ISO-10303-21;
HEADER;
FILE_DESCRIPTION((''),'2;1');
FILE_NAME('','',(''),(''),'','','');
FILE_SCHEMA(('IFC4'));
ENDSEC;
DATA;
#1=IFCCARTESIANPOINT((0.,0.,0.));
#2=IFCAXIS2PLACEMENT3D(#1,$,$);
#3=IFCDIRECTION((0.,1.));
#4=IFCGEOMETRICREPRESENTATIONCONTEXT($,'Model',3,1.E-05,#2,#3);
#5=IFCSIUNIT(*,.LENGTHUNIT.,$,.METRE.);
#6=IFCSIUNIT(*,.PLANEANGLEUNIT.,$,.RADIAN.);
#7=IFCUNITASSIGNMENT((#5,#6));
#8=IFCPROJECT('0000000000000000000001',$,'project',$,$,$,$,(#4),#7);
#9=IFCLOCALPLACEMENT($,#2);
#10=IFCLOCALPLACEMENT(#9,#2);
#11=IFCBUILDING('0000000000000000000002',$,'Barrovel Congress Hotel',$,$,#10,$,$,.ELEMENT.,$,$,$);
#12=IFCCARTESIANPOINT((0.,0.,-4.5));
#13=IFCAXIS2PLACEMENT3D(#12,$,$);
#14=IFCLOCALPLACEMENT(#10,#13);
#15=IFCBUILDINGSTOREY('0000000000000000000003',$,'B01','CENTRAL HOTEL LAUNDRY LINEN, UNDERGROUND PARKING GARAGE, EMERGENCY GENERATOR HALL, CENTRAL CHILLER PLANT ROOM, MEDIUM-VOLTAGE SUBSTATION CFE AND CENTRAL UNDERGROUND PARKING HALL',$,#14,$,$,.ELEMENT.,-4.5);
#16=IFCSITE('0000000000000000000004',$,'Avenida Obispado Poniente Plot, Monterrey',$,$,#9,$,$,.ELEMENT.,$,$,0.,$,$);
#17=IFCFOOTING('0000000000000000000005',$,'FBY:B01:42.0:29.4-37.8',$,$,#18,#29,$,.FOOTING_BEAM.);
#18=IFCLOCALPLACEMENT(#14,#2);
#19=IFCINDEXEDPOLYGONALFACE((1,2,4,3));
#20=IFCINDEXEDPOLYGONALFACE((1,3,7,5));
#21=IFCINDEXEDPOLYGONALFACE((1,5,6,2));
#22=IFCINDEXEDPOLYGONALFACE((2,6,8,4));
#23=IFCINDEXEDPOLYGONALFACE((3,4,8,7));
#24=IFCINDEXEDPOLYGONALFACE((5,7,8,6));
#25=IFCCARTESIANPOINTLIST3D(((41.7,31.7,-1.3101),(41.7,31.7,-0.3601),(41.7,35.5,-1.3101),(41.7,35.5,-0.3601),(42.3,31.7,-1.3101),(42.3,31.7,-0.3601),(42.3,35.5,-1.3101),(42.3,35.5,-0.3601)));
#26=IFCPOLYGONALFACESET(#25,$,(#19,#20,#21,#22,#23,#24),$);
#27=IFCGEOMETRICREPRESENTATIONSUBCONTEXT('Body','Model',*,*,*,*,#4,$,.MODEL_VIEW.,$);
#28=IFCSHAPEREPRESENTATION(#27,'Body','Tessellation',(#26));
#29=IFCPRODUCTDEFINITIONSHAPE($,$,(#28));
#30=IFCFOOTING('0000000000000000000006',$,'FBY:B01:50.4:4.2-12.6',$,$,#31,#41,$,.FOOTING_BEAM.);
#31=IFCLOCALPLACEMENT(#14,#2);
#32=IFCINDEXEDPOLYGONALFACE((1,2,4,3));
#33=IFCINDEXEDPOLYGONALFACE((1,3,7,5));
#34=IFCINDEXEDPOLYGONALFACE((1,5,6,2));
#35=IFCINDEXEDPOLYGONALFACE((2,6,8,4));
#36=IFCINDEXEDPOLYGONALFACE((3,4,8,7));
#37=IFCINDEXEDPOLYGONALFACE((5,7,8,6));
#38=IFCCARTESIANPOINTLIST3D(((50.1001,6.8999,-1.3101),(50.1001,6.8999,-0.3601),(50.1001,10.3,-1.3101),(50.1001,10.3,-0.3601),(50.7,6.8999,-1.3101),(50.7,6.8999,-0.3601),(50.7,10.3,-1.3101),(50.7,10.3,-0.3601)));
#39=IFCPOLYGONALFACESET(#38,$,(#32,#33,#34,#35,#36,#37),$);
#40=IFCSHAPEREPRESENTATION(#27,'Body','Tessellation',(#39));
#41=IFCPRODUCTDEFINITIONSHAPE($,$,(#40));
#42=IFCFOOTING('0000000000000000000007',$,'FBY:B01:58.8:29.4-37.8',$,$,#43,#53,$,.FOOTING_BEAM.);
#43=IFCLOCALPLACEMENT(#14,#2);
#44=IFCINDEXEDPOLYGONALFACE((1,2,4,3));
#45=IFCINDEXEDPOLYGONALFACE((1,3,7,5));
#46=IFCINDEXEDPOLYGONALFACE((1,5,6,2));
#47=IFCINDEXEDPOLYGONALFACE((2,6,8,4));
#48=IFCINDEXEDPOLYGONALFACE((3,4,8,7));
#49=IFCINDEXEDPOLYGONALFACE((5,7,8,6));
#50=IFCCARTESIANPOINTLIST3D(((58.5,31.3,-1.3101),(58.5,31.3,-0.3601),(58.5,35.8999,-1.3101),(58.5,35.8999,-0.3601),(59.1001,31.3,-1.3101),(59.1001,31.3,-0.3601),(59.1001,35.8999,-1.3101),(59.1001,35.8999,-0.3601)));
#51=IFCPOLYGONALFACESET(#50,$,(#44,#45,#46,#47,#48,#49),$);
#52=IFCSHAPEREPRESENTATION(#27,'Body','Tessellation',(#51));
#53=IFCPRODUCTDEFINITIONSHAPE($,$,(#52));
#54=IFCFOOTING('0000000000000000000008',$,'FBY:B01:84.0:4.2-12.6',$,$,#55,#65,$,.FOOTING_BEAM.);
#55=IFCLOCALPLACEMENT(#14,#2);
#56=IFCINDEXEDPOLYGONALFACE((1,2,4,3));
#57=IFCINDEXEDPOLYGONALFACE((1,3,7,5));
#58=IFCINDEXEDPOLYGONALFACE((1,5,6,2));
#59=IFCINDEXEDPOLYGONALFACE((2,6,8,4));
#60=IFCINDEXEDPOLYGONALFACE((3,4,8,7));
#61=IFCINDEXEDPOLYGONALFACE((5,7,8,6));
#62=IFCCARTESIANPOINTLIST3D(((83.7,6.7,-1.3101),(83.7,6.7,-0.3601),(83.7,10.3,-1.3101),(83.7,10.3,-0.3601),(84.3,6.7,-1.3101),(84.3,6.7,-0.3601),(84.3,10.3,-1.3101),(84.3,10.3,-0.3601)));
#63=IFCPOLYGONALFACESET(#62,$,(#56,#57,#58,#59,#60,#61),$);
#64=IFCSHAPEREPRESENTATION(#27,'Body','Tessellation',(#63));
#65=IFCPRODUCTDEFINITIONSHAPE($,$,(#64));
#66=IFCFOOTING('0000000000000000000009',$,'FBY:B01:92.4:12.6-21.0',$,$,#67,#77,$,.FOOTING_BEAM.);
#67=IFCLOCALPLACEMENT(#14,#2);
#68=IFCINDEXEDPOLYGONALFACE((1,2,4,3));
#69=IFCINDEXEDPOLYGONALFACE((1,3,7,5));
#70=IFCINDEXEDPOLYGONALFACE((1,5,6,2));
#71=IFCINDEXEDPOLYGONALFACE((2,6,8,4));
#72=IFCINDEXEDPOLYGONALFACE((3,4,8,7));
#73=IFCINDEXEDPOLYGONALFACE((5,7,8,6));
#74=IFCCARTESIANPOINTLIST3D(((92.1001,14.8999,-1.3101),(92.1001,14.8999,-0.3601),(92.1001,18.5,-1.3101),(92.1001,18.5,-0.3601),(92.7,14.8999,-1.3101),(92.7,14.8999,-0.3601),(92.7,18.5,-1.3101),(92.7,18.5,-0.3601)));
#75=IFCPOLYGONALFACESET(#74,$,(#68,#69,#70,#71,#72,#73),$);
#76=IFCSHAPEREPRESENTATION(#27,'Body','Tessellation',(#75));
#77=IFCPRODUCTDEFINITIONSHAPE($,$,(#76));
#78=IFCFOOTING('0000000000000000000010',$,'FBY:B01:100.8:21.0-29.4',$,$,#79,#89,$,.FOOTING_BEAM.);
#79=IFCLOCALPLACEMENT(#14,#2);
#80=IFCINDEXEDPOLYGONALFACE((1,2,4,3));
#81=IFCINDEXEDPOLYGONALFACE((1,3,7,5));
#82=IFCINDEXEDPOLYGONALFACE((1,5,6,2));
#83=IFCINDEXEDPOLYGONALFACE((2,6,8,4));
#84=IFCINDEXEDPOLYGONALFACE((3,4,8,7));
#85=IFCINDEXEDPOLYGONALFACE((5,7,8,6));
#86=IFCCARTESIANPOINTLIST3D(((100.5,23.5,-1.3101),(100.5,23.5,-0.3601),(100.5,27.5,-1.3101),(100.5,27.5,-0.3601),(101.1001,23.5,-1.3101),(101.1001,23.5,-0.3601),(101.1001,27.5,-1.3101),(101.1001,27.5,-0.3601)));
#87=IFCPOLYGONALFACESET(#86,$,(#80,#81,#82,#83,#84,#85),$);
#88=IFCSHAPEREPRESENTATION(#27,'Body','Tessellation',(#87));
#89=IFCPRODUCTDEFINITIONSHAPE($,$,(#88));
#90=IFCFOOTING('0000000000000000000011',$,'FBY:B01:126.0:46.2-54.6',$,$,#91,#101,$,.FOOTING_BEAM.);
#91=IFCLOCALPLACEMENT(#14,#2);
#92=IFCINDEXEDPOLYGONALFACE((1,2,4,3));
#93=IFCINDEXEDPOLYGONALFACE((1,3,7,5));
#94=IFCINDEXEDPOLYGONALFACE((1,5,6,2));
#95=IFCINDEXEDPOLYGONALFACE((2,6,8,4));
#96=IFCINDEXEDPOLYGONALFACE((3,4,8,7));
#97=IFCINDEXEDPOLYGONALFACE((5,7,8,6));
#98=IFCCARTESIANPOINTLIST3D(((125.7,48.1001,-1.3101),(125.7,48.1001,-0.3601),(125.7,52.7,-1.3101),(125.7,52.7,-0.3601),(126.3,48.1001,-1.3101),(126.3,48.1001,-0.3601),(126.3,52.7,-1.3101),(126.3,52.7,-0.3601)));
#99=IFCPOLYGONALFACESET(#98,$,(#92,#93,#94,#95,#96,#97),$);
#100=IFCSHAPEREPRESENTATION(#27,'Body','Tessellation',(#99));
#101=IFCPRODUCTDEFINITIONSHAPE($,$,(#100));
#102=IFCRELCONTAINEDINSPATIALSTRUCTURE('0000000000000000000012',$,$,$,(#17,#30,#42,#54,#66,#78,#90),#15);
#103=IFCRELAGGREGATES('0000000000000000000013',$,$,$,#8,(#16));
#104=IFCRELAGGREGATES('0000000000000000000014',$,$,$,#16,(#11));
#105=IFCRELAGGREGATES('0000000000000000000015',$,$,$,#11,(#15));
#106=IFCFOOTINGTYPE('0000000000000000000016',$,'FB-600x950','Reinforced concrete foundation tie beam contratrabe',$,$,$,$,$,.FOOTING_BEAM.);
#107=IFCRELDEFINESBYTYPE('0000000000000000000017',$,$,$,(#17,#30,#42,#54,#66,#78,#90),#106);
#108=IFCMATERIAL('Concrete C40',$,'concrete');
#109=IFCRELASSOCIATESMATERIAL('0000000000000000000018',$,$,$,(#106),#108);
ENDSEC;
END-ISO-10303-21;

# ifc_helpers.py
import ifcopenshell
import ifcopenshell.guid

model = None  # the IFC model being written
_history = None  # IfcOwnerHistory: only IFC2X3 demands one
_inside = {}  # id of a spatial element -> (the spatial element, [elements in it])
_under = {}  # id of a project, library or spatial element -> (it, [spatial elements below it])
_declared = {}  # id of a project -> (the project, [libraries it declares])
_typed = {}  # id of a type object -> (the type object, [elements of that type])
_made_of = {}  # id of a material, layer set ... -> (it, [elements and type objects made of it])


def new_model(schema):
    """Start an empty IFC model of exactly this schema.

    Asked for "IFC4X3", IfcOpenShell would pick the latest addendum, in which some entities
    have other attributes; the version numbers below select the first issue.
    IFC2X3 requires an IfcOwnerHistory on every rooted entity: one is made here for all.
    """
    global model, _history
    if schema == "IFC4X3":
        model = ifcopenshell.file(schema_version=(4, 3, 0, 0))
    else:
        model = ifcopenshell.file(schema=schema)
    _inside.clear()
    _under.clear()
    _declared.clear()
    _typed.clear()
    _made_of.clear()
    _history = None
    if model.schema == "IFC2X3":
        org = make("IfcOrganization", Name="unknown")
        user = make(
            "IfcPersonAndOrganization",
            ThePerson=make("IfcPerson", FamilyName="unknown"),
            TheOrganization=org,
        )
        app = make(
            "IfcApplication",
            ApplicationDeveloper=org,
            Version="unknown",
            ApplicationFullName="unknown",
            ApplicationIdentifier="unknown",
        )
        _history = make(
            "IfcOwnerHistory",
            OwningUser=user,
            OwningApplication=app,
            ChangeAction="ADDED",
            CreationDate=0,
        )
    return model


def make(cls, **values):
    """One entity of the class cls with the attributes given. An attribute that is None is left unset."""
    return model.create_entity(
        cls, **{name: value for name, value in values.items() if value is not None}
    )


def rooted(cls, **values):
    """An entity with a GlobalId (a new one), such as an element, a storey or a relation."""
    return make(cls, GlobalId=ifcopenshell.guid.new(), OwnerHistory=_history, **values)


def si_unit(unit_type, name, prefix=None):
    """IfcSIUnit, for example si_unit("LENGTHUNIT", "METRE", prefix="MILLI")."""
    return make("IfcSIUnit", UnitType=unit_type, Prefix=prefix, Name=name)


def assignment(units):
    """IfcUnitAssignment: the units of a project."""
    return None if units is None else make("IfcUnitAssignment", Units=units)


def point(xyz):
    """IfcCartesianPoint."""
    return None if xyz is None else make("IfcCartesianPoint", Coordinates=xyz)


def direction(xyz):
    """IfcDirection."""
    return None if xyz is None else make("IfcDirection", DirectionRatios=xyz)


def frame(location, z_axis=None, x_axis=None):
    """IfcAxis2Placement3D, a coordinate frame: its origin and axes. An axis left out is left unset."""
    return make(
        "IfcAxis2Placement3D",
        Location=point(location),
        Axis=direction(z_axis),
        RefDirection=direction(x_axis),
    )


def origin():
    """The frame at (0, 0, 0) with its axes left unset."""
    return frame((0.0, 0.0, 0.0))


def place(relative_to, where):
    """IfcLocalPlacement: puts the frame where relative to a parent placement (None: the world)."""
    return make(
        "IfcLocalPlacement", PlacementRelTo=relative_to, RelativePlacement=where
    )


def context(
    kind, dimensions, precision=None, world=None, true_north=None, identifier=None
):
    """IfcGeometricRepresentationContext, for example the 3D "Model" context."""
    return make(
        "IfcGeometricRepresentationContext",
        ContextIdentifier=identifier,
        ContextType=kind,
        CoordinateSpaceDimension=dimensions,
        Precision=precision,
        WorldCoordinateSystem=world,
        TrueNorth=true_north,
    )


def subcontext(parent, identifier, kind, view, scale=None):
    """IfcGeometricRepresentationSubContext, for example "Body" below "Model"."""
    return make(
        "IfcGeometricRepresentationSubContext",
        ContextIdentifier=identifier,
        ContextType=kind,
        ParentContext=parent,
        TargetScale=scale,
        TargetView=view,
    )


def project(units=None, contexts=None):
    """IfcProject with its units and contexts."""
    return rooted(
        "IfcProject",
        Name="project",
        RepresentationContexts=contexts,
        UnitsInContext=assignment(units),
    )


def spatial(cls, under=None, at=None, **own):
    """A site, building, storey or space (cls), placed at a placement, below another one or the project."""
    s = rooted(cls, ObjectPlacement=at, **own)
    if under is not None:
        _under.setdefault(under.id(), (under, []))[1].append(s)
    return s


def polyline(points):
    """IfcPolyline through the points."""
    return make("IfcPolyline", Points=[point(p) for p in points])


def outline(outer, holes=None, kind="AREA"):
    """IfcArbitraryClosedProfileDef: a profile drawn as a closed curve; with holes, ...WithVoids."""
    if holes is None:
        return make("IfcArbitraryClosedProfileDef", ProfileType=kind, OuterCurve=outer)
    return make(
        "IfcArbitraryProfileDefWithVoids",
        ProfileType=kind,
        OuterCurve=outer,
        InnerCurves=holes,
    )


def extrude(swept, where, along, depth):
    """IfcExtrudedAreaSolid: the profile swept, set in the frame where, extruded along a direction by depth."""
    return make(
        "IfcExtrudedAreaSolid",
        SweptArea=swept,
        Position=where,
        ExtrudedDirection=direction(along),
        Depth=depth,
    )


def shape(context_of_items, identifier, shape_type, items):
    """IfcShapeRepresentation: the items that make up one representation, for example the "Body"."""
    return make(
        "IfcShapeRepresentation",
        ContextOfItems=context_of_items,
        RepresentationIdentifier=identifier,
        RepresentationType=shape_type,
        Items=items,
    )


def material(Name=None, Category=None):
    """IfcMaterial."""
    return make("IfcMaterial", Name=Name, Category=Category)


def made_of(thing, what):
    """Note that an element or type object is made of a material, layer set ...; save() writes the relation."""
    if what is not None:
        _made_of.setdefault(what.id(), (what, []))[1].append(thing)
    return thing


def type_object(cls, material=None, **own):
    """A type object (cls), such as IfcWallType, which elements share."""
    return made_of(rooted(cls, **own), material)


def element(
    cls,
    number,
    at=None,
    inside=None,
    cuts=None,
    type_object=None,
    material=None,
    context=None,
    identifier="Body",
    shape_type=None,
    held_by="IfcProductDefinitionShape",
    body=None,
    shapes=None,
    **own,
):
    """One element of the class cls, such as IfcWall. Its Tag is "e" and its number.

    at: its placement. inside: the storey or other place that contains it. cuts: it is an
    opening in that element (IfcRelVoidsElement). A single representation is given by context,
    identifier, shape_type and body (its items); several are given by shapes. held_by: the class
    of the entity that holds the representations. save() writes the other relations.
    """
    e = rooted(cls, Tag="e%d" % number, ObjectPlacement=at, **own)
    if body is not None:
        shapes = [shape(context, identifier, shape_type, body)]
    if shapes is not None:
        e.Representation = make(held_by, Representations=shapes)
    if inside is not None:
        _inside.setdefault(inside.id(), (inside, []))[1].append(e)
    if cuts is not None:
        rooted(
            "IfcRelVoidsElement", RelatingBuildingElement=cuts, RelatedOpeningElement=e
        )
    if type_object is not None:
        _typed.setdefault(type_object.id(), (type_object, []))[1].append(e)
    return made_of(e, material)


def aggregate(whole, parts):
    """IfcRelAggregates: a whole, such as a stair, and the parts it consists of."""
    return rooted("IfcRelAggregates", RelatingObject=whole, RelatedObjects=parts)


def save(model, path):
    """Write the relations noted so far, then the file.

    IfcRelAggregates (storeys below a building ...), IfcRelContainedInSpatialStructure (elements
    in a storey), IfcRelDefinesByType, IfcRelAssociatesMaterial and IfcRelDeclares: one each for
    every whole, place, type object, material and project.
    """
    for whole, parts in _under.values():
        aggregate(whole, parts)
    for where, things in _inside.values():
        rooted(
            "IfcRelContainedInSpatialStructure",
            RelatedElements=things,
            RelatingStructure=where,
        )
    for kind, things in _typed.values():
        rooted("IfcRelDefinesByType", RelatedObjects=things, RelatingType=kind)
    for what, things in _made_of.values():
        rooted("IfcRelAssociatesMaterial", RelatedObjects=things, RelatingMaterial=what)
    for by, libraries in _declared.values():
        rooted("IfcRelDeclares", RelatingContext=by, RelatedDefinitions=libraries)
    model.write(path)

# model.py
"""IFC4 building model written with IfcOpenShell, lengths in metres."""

from ifc_helpers import new_model, si_unit, direction, frame, origin, place, context, subcontext, project, spatial, polyline, outline, extrude, material, type_object, element, save


model = new_model("IFC4")

# Units and contexts
model_context = context("Model", 3, precision=1e-05, world=origin(), true_north=direction((0.0, 1.0)))
body_context = subcontext(model_context, "Body", "Model", "MODEL_VIEW")
ifc_project = project(units=[si_unit("LENGTHUNIT", "METRE"), si_unit("PLANEANGLEUNIT", "RADIAN")], contexts=[model_context])

# Site, building, storey
site_placement = place(None, origin())
site = spatial("IfcSite", under=ifc_project, at=site_placement, Name="Avenida Obispado Poniente Plot, Monterrey", CompositionType="ELEMENT", RefElevation=0.0)
building_placement = place(site_placement, origin())
building = spatial("IfcBuilding", under=site, at=building_placement, Name="Barrovel Congress Hotel", CompositionType="ELEMENT")
storey_placement = place(building_placement, frame((0.0, 0.0, -4.5)))
storey = spatial("IfcBuildingStorey", under=building, at=storey_placement, Name="B01", Description="CENTRAL HOTEL LAUNDRY LINEN, UNDERGROUND PARKING GARAGE, EMERGENCY GENERATOR HALL, CENTRAL CHILLER PLANT ROOM, MEDIUM-VOLTAGE SUBSTATION CFE AND CENTRAL UNDERGROUND PARKING HALL", CompositionType="ELEMENT", Elevation=-4.5)

# Footings
ifc_material = material(Name="Concrete C40", Category="concrete")
footing_type_1 = type_object("IfcFootingType", Name="FB-600x950", Description="Reinforced concrete foundation tie beam contratrabe", PredefinedType="FOOTING_BEAM", material=ifc_material)
footing_1_placement = place(storey_placement, frame((0.0, 0.0, -1.3101)))
element("IfcFooting", 1, at=footing_1_placement, inside=storey, type_object=footing_type_1, Name="FBY:B01:42.0:29.4-37.8", PredefinedType="FOOTING_BEAM", context=body_context, shape_type="SweptSolid", body=[
    extrude(outline(polyline([(41.7, 31.7), (42.3, 31.7), (42.3, 35.5), (41.7, 35.5), (41.7, 31.7)])), origin(), (0.0, 0.0, 1.0), 0.95),
])
footing_2_placement = place(storey_placement, frame((0.0, 0.0, -1.3101)))
element("IfcFooting", 2, at=footing_2_placement, inside=storey, type_object=footing_type_1, Name="FBY:B01:50.4:4.2-12.6", PredefinedType="FOOTING_BEAM", context=body_context, shape_type="SweptSolid", body=[
    extrude(outline(polyline([(50.1001, 6.8999), (50.7, 6.8999), (50.7, 10.3), (50.1001, 10.3), (50.1001, 6.8999)])), origin(), (0.0, 0.0, 1.0), 0.95),
])
footing_3_placement = place(storey_placement, frame((0.0, 0.0, -1.3101)))
element("IfcFooting", 3, at=footing_3_placement, inside=storey, type_object=footing_type_1, Name="FBY:B01:58.8:29.4-37.8", PredefinedType="FOOTING_BEAM", context=body_context, shape_type="SweptSolid", body=[
    extrude(outline(polyline([(58.5, 31.3), (59.1001, 31.3), (59.1001, 35.8999), (58.5, 35.8999), (58.5, 31.3)])), origin(), (0.0, 0.0, 1.0), 0.95),
])
footing_4_placement = place(storey_placement, frame((0.0, 0.0, -1.3101)))
element("IfcFooting", 4, at=footing_4_placement, inside=storey, type_object=footing_type_1, Name="FBY:B01:84.0:4.2-12.6", PredefinedType="FOOTING_BEAM", context=body_context, shape_type="SweptSolid", body=[
    extrude(outline(polyline([(83.7, 6.7), (84.3, 6.7), (84.3, 10.3), (83.7, 10.3), (83.7, 6.7)])), origin(), (0.0, 0.0, 1.0), 0.95),
])
footing_5_placement = place(storey_placement, frame((0.0, 0.0, -1.3101)))
element("IfcFooting", 5, at=footing_5_placement, inside=storey, type_object=footing_type_1, Name="FBY:B01:92.4:12.6-21.0", PredefinedType="FOOTING_BEAM", context=body_context, shape_type="SweptSolid", body=[
    extrude(outline(polyline([(92.1001, 14.8999), (92.7, 14.8999), (92.7, 18.5), (92.1001, 18.5), (92.1001, 14.8999)])), origin(), (0.0, 0.0, 1.0), 0.95),
])
footing_6_placement = place(storey_placement, frame((0.0, 0.0, -1.3101)))
element("IfcFooting", 6, at=footing_6_placement, inside=storey, type_object=footing_type_1, Name="FBY:B01:100.8:21.0-29.4", PredefinedType="FOOTING_BEAM", context=body_context, shape_type="SweptSolid", body=[
    extrude(outline(polyline([(100.5, 23.5), (101.1001, 23.5), (101.1001, 27.5), (100.5, 27.5), (100.5, 23.5)])), origin(), (0.0, 0.0, 1.0), 0.95),
])
footing_7_placement = place(storey_placement, frame((0.0, 0.0, -1.3101)))
element("IfcFooting", 7, at=footing_7_placement, inside=storey, type_object=footing_type_1, Name="FBY:B01:126.0:46.2-54.6", PredefinedType="FOOTING_BEAM", context=body_context, shape_type="SweptSolid", body=[
    extrude(outline(polyline([(125.7, 48.1001), (126.3, 48.1001), (126.3, 52.7), (125.7, 52.7), (125.7, 48.1001)])), origin(), (0.0, 0.0, 1.0), 0.95),
])

save(model, "model.ifc")
